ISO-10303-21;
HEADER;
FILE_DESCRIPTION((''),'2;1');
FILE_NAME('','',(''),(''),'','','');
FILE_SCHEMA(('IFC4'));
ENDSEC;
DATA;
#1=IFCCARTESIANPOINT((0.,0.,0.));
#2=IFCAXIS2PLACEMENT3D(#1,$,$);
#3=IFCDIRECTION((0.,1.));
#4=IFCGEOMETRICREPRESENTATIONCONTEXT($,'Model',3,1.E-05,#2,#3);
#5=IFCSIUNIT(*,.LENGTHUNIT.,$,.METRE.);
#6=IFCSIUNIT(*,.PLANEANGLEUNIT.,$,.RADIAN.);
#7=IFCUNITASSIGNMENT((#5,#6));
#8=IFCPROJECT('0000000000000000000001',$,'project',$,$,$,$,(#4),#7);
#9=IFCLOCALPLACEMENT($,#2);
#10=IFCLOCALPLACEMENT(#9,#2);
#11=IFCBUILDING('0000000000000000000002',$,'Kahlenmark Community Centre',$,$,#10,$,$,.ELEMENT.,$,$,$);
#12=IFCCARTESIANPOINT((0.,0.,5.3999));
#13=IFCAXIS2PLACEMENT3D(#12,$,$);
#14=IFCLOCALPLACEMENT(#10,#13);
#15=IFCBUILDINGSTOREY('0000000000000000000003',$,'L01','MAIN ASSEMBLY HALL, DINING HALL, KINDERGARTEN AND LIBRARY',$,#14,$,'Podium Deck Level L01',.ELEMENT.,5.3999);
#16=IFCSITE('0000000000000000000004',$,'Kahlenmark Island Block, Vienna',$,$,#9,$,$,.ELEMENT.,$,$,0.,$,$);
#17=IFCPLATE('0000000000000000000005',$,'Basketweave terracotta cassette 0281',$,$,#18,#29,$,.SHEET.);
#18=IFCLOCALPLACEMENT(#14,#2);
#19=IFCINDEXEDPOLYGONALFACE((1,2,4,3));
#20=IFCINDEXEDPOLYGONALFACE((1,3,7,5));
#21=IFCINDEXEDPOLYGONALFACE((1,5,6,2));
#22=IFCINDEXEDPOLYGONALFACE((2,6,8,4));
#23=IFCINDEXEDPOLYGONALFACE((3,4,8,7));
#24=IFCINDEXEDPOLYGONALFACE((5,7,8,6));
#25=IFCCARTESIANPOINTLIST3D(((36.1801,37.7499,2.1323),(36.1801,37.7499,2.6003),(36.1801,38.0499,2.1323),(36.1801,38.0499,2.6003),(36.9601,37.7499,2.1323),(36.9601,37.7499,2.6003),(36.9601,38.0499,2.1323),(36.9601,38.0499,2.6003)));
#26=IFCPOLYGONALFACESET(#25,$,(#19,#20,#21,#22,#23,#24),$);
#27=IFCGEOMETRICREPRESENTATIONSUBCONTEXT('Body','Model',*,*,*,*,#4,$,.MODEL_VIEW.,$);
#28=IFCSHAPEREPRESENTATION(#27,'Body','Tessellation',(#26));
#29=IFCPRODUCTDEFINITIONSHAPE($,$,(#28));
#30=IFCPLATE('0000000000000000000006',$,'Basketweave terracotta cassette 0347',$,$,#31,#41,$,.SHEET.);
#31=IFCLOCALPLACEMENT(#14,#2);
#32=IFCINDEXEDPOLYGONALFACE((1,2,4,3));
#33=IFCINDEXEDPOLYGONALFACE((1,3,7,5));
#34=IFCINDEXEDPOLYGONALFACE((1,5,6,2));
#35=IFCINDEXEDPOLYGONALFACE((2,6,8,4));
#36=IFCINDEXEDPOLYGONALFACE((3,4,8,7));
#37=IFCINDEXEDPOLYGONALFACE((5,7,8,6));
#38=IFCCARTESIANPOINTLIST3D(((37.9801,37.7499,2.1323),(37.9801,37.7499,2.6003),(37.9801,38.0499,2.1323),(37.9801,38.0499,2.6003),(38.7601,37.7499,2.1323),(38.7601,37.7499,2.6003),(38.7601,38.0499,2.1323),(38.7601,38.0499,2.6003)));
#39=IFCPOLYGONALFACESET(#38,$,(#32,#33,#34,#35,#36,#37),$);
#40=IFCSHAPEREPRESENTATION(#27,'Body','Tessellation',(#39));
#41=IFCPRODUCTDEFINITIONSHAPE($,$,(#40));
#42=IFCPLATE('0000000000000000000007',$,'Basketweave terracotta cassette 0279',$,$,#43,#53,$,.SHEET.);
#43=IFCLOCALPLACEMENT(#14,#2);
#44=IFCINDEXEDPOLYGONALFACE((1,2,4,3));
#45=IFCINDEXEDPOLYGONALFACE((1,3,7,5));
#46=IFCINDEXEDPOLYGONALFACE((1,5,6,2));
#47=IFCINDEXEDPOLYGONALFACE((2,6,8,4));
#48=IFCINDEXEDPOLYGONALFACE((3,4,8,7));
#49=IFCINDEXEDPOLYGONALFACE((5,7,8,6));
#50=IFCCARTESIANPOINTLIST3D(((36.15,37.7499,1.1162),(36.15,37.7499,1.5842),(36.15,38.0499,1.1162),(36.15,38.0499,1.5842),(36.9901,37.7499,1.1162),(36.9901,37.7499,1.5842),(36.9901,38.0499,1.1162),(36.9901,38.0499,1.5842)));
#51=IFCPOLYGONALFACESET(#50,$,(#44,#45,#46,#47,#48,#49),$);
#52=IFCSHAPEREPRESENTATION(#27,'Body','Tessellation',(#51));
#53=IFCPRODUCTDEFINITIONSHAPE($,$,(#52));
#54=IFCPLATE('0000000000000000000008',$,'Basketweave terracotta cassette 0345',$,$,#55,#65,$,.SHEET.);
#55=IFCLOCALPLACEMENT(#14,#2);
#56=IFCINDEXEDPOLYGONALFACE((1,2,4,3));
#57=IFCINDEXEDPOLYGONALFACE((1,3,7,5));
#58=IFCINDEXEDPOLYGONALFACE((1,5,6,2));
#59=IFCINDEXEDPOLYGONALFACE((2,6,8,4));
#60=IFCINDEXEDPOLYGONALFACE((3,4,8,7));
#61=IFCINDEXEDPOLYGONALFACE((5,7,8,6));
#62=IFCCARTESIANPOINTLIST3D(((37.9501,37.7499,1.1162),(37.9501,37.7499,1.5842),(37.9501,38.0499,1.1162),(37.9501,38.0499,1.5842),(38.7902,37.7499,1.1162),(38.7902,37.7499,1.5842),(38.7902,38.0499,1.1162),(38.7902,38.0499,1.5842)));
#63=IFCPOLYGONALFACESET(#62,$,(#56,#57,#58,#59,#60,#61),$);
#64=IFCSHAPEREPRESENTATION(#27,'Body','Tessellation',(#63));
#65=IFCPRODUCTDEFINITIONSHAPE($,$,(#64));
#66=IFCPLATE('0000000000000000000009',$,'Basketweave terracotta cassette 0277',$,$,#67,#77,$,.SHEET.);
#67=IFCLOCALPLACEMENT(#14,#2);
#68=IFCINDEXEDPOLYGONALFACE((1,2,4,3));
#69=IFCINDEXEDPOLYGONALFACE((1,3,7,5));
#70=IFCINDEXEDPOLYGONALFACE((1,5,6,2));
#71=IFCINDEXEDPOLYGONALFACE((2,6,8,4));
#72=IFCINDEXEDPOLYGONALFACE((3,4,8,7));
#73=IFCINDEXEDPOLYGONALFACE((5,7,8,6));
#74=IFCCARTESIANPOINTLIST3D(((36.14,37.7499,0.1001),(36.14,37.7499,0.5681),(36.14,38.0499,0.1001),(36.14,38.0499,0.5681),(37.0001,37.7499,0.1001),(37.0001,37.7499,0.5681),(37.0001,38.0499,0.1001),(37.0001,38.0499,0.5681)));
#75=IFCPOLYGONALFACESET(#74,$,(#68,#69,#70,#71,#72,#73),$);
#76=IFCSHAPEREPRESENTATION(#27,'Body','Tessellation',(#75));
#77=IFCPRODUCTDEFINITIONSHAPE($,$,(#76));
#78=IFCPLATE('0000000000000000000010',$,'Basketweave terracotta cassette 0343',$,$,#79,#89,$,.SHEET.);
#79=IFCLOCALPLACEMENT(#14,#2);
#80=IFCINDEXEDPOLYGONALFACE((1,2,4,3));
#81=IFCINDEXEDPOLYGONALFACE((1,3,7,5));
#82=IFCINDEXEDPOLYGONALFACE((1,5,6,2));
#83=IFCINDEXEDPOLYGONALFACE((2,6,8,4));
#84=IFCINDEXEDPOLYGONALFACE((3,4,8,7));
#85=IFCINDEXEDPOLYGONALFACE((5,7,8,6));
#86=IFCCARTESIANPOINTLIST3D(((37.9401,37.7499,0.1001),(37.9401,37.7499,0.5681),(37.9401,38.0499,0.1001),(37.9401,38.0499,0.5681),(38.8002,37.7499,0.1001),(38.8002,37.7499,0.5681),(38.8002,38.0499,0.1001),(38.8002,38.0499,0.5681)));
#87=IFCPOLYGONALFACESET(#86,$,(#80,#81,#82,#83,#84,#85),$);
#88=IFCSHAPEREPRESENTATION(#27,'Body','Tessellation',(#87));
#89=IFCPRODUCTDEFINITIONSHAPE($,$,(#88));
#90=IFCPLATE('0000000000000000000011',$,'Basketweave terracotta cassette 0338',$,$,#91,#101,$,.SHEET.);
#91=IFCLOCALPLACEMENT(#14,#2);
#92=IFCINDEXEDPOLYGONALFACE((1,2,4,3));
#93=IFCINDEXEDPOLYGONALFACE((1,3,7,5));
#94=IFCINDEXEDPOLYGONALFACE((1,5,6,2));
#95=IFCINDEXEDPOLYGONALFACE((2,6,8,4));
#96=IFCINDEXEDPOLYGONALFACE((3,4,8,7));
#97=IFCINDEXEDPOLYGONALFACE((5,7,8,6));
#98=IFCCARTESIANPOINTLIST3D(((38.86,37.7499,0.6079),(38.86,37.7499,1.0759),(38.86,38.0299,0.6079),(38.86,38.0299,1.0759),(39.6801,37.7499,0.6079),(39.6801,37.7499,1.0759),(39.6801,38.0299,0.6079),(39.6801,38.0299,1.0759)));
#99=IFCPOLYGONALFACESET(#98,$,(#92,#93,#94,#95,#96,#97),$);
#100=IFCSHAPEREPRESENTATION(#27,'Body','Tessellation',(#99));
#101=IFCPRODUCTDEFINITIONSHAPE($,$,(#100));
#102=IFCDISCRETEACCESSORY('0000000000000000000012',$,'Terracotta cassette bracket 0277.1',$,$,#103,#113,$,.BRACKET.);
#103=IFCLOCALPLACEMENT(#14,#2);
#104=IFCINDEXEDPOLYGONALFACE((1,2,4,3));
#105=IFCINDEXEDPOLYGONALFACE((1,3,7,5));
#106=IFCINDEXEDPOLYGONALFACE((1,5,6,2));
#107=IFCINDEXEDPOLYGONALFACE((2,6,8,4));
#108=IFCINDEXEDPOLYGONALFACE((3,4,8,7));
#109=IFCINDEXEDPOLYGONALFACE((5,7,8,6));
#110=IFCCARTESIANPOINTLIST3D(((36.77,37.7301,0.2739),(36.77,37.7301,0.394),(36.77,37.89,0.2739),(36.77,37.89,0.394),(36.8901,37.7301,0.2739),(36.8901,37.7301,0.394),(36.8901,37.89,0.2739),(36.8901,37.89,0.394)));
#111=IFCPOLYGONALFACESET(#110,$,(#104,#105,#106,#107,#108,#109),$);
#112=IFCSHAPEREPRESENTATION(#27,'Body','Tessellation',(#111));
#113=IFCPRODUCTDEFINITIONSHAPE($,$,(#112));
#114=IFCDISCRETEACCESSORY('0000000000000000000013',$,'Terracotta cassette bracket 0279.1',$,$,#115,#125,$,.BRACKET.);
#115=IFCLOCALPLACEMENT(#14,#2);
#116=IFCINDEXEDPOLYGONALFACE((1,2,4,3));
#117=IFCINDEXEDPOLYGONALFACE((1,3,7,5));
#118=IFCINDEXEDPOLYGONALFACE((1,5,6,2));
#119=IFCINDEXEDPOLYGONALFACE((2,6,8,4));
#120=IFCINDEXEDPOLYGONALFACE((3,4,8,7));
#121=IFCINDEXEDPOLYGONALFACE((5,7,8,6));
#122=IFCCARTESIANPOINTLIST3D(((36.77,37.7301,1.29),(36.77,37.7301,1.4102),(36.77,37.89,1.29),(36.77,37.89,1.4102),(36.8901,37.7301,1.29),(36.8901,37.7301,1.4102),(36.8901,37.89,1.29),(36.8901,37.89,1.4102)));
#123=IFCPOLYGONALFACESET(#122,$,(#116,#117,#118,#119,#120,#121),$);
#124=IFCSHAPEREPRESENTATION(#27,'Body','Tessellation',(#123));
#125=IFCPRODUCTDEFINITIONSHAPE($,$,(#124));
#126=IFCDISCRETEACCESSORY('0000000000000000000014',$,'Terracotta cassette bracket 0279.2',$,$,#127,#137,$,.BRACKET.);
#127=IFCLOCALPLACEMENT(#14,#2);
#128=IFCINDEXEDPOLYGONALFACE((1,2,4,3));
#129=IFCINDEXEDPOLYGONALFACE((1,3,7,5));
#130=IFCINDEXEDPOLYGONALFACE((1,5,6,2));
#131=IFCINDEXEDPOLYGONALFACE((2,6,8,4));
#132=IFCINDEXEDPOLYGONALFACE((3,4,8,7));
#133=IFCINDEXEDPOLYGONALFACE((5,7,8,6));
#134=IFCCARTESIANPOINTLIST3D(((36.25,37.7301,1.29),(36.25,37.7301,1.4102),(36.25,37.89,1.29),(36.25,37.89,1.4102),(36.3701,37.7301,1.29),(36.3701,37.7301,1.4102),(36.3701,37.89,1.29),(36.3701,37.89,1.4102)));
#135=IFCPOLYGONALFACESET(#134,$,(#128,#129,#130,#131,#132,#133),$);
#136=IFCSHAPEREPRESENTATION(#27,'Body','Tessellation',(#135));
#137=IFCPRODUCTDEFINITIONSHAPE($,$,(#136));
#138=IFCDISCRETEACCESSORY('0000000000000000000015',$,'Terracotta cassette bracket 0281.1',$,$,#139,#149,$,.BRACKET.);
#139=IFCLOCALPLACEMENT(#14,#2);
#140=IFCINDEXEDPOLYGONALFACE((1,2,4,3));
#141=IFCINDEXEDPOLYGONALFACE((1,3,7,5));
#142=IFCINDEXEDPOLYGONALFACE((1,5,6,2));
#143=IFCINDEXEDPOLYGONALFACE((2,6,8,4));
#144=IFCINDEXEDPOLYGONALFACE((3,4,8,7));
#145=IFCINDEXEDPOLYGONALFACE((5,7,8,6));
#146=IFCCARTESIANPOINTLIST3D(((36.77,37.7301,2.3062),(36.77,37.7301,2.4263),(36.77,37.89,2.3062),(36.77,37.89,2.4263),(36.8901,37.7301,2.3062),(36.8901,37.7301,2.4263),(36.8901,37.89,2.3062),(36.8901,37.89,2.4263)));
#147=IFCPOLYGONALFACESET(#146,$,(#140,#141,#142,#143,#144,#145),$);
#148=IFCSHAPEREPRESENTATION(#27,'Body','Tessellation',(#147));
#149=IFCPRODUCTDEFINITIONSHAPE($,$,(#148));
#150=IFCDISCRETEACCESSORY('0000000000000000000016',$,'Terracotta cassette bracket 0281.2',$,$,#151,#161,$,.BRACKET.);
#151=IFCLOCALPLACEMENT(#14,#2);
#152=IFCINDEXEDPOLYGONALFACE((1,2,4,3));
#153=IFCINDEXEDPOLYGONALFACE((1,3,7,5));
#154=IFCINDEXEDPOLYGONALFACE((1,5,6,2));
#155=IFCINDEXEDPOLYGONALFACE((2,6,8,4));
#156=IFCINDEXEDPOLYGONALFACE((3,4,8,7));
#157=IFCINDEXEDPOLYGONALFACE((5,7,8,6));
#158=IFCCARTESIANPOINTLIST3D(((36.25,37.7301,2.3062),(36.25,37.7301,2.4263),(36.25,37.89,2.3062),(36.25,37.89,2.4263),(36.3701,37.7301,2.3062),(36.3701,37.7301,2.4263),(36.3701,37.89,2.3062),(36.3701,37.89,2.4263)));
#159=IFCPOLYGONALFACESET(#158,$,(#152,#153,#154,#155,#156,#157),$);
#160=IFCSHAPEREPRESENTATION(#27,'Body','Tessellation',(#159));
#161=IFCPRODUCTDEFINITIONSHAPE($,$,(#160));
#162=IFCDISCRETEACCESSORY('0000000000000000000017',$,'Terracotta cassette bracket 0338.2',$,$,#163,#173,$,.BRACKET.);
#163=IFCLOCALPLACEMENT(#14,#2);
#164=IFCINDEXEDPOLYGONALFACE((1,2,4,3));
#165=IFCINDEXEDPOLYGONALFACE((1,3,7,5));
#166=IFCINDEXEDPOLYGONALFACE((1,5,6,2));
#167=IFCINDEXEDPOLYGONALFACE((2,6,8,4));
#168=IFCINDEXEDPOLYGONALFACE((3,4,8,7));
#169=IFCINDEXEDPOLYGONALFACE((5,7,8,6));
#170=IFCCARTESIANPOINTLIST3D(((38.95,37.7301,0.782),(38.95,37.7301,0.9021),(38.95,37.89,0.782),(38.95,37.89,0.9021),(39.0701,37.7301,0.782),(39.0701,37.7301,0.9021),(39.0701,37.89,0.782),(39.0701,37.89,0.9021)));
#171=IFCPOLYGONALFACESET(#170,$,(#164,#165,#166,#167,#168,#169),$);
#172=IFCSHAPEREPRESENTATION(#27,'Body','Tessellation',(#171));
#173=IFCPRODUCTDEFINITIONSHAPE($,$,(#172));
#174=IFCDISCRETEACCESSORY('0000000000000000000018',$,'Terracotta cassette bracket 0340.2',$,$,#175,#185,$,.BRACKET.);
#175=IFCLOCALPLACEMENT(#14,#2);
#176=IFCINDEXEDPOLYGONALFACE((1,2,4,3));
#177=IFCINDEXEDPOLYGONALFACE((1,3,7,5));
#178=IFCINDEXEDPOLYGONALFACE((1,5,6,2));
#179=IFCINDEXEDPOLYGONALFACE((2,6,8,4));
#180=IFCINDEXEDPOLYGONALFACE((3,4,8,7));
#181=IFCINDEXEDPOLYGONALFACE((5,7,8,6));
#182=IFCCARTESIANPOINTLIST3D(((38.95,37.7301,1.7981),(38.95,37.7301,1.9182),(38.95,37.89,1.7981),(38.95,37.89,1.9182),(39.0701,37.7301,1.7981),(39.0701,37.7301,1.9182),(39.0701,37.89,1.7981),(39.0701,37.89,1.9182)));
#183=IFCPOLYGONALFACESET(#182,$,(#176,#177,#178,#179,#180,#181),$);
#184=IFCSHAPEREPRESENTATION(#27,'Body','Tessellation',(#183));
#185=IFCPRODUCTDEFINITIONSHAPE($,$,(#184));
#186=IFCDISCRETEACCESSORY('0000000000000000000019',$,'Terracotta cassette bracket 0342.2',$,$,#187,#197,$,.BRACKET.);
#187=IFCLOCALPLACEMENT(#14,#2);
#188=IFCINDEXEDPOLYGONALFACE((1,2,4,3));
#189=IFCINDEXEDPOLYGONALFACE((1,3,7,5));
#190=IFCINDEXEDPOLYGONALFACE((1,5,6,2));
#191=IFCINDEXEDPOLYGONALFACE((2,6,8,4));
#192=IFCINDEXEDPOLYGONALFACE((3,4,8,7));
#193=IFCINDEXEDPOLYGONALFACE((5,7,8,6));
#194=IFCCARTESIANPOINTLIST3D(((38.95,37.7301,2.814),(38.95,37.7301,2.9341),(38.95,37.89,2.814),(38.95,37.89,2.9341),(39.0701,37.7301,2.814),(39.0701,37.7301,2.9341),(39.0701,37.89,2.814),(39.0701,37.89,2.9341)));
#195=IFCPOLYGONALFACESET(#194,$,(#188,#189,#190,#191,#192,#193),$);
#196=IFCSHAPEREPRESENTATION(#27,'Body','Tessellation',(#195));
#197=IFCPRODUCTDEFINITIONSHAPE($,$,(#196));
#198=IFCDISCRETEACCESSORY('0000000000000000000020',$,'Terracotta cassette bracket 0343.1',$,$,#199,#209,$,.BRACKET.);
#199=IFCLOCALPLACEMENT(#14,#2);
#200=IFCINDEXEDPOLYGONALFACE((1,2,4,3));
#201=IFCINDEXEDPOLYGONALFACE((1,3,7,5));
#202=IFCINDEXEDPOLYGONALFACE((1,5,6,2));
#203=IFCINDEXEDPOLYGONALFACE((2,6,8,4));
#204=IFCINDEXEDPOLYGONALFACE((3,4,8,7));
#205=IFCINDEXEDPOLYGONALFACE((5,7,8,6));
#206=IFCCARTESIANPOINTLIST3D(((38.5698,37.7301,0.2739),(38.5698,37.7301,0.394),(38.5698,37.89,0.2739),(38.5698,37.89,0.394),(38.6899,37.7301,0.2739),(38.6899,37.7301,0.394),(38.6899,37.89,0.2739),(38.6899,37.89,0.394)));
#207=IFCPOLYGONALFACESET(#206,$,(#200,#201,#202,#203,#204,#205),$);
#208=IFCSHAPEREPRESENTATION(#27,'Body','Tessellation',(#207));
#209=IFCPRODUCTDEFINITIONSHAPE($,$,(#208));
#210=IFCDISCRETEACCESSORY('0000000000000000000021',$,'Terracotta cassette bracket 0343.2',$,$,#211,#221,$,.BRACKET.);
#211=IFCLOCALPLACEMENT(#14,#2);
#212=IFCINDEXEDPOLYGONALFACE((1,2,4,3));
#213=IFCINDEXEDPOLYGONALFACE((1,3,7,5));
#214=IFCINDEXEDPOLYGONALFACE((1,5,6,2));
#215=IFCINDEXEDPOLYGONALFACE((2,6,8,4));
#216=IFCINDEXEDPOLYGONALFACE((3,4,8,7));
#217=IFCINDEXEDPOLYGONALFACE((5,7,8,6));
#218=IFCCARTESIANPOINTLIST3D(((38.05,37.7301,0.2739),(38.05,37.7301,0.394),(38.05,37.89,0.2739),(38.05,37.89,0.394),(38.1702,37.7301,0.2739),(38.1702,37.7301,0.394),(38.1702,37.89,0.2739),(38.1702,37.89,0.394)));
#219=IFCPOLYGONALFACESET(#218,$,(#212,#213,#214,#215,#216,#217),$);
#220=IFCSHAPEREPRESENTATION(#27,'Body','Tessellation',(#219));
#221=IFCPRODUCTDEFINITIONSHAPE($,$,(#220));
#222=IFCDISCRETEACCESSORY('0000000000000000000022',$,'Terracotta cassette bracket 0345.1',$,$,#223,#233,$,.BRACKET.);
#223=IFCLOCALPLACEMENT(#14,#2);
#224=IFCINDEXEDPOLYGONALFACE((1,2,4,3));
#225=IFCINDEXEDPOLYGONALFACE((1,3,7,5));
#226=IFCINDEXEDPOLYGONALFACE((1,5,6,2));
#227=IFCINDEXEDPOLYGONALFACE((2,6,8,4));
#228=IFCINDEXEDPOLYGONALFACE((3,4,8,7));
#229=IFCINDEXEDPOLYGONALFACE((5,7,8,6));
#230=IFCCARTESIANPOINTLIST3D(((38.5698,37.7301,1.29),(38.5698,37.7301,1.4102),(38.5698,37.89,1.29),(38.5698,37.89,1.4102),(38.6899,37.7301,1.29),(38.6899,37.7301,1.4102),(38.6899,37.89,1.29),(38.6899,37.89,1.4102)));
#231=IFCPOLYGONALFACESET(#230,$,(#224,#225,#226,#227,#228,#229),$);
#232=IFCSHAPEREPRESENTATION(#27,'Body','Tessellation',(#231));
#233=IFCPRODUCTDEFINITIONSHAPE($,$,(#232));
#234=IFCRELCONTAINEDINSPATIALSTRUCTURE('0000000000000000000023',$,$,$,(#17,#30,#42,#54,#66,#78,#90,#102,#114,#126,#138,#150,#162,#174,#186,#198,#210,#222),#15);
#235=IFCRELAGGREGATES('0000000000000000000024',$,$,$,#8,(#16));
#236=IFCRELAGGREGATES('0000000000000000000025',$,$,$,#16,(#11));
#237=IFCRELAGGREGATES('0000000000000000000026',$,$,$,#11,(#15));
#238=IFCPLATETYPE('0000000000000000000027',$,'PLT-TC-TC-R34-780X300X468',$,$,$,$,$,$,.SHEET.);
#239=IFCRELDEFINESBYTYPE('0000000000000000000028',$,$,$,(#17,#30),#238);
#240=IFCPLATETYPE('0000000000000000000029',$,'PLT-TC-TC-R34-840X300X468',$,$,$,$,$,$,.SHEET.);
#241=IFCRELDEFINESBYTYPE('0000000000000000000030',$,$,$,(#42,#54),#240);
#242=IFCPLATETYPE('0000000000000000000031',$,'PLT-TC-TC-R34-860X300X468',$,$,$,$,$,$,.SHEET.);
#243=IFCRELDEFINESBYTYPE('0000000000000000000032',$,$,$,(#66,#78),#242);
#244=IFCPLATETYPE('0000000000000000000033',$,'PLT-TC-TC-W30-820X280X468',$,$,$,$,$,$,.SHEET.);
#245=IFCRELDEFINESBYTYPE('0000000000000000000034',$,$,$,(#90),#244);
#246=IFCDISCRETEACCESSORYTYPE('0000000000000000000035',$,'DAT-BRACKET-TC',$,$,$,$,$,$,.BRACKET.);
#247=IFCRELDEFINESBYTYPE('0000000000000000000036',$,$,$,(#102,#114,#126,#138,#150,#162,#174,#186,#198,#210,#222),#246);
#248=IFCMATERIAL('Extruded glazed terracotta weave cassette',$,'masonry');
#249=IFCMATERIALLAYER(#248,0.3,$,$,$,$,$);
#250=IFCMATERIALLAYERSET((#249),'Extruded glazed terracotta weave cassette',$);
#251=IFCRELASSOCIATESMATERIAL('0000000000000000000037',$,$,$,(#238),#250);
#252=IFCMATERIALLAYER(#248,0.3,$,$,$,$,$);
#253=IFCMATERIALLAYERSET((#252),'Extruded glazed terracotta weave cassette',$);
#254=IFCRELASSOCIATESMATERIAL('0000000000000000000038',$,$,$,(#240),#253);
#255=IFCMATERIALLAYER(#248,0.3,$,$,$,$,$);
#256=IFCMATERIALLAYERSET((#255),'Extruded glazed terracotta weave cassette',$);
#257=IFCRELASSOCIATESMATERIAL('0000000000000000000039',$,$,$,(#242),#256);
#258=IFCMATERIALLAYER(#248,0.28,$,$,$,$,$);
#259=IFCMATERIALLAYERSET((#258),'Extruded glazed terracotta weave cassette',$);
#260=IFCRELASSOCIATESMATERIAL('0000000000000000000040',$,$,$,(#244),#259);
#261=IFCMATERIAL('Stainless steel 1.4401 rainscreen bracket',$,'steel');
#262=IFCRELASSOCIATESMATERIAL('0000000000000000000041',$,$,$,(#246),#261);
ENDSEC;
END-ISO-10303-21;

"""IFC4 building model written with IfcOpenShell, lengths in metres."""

from ifc_helpers import new_model, si_unit, direction, frame, origin, origin_2d, place, context, subcontext, project, spatial, rectangle, extrude, material, layer, layer_set, type_object, element, save


model = new_model("IFC4")

# Units and contexts
model_context = context("Model", 3, precision=1e-05, world=origin(), true_north=direction((0.0, 1.0)))
body_context = subcontext(model_context, "Body", "Model", "MODEL_VIEW")
ifc_project = project(units=[si_unit("LENGTHUNIT", "METRE"), si_unit("PLANEANGLEUNIT", "RADIAN")], contexts=[model_context])

# Site, building, storey
site_placement = place(None, origin())
site = spatial("IfcSite", under=ifc_project, at=site_placement, Name="Kahlenmark Island Block, Vienna", CompositionType="ELEMENT", RefElevation=0.0)
building_placement = place(site_placement, origin())
building = spatial("IfcBuilding", under=site, at=building_placement, Name="Kahlenmark Community Centre", CompositionType="ELEMENT")
storey_placement = place(building_placement, frame((0.0, 0.0, 5.3999)))
storey = spatial("IfcBuildingStorey", under=building, at=storey_placement, Name="L01", Description="MAIN ASSEMBLY HALL, DINING HALL, KINDERGARTEN AND LIBRARY", LongName="Podium Deck Level L01", CompositionType="ELEMENT", Elevation=5.3999)

# Plates
ifc_material_1 = material(Name="Extruded glazed terracotta weave cassette", Category="masonry")
ifc_layer_1 = layer(ifc_material_1, 0.3)
ifc_layer_set_1 = layer_set([ifc_layer_1], Name="Extruded glazed terracotta weave cassette")
plate_type_1 = type_object("IfcPlateType", Name="PLT-TC-TC-R34-780X300X468", PredefinedType="SHEET", material=ifc_layer_set_1)
for number, where, z_axis, x_axis, name in (
    (1, (36.5701, 37.8999, 2.1323), (0.0, 0.0, 1.0), (-1.0, 0.0, 0.0), "Basketweave terracotta cassette 0281"),
    (2, (38.3701, 37.8999, 2.1323), (0.0, 0.0, 1.0), (-1.0, 0.0, 0.0), "Basketweave terracotta cassette 0347"),
):
    element("IfcPlate", number, at=place(storey_placement, frame(where, z_axis=z_axis, x_axis=x_axis)), inside=storey, type_object=plate_type_1, Name=name, PredefinedType="SHEET", context=body_context, shape_type="SweptSolid", body=[
        extrude(rectangle(XDim=0.78, YDim=0.3, at=origin_2d()), origin(), (0.0, 0.0, 1.0), 0.468),
    ])
ifc_layer_2 = layer(ifc_material_1, 0.3)
ifc_layer_set_2 = layer_set([ifc_layer_2], Name="Extruded glazed terracotta weave cassette")
plate_type_2 = type_object("IfcPlateType", Name="PLT-TC-TC-R34-840X300X468", PredefinedType="SHEET", material=ifc_layer_set_2)
for number, where, z_axis, x_axis, name in (
    (3, (36.5701, 37.8999, 1.1162), (0.0, 0.0, 1.0), (-1.0, 0.0, 0.0), "Basketweave terracotta cassette 0279"),
    (4, (38.3701, 37.8999, 1.1162), (0.0, 0.0, 1.0), (-1.0, 0.0, 0.0), "Basketweave terracotta cassette 0345"),
):
    element("IfcPlate", number, at=place(storey_placement, frame(where, z_axis=z_axis, x_axis=x_axis)), inside=storey, type_object=plate_type_2, Name=name, PredefinedType="SHEET", context=body_context, shape_type="SweptSolid", body=[
        extrude(rectangle(XDim=0.8401, YDim=0.3, at=origin_2d()), origin(), (0.0, 0.0, 1.0), 0.468),
    ])
ifc_layer_3 = layer(ifc_material_1, 0.3)
ifc_layer_set_3 = layer_set([ifc_layer_3], Name="Extruded glazed terracotta weave cassette")
plate_type_3 = type_object("IfcPlateType", Name="PLT-TC-TC-R34-860X300X468", PredefinedType="SHEET", material=ifc_layer_set_3)
for number, where, z_axis, x_axis, name in (
    (5, (36.5701, 37.8999, 0.1001), (0.0, 0.0, 1.0), (-1.0, 0.0, 0.0), "Basketweave terracotta cassette 0277"),
    (6, (38.3701, 37.8999, 0.1001), (0.0, 0.0, 1.0), (-1.0, 0.0, 0.0), "Basketweave terracotta cassette 0343"),
):
    element("IfcPlate", number, at=place(storey_placement, frame(where, z_axis=z_axis, x_axis=x_axis)), inside=storey, type_object=plate_type_3, Name=name, PredefinedType="SHEET", context=body_context, shape_type="SweptSolid", body=[
        extrude(rectangle(XDim=0.8601, YDim=0.3, at=origin_2d()), origin(), (0.0, 0.0, 1.0), 0.468),
    ])
ifc_layer_4 = layer(ifc_material_1, 0.28)
ifc_layer_set_4 = layer_set([ifc_layer_4], Name="Extruded glazed terracotta weave cassette")
plate_type_4 = type_object("IfcPlateType", Name="PLT-TC-TC-W30-820X280X468", PredefinedType="SHEET", material=ifc_layer_set_4)
plate_placement = place(storey_placement, frame((39.27, 37.8899, 0.6079), z_axis=(0.0, 0.0, 1.0), x_axis=(-1.0, 0.0, 0.0)))
element("IfcPlate", 7, at=plate_placement, inside=storey, type_object=plate_type_4, Name="Basketweave terracotta cassette 0338", PredefinedType="SHEET", context=body_context, shape_type="SweptSolid", body=[
    extrude(rectangle(XDim=0.8201, YDim=0.28, at=origin_2d()), origin(), (0.0, 0.0, 1.0), 0.468),
])

# Discrete accessories
ifc_material_2 = material(Name="Stainless steel 1.4401 rainscreen bracket", Category="steel")
discrete_accessory_type = type_object("IfcDiscreteAccessoryType", Name="DAT-BRACKET-TC", PredefinedType="BRACKET", material=ifc_material_2)
for number, where, z_axis, x_axis, name in (
    (8, (36.8301, 37.8101, 0.2739), (0.0, 0.0, 1.0), (-1.0, 0.0, 0.0), "Terracotta cassette bracket 0277.1"),
    (9, (36.8301, 37.8101, 1.29), (0.0, 0.0, 1.0), (-1.0, 0.0, 0.0), "Terracotta cassette bracket 0279.1"),
    (10, (36.3101, 37.8101, 1.29), (0.0, 0.0, 1.0), (-1.0, 0.0, 0.0), "Terracotta cassette bracket 0279.2"),
    (11, (36.8301, 37.8101, 2.3062), (0.0, 0.0, 1.0), (-1.0, 0.0, 0.0), "Terracotta cassette bracket 0281.1"),
    (12, (36.3101, 37.8101, 2.3062), (0.0, 0.0, 1.0), (-1.0, 0.0, 0.0), "Terracotta cassette bracket 0281.2"),
    (13, (39.01, 37.8101, 0.782), (0.0, 0.0, 1.0), (-1.0, 0.0, 0.0), "Terracotta cassette bracket 0338.2"),
    (14, (39.01, 37.8101, 1.7981), (0.0, 0.0, 1.0), (-1.0, 0.0, 0.0), "Terracotta cassette bracket 0340.2"),
    (15, (39.01, 37.8101, 2.814), (0.0, 0.0, 1.0), (-1.0, 0.0, 0.0), "Terracotta cassette bracket 0342.2"),
    (16, (38.6299, 37.8101, 0.2739), (0.0, 0.0, 1.0), (-1.0, 0.0, 0.0), "Terracotta cassette bracket 0343.1"),
    (17, (38.1101, 37.8101, 0.2739), (0.0, 0.0, 1.0), (-1.0, 0.0, 0.0), "Terracotta cassette bracket 0343.2"),
    (18, (38.6299, 37.8101, 1.29), (0.0, 0.0, 1.0), (-1.0, 0.0, 0.0), "Terracotta cassette bracket 0345.1"),
):
    element("IfcDiscreteAccessory", number, at=place(storey_placement, frame(where, z_axis=z_axis, x_axis=x_axis)), inside=storey, type_object=discrete_accessory_type, Name=name, PredefinedType="BRACKET", context=body_context, shape_type="SweptSolid", body=[
        extrude(rectangle(XDim=0.1201, YDim=0.1599, at=origin_2d()), origin(), (0.0, 0.0, 1.0), 0.1201),
    ])

save(model, "model.ifc")
